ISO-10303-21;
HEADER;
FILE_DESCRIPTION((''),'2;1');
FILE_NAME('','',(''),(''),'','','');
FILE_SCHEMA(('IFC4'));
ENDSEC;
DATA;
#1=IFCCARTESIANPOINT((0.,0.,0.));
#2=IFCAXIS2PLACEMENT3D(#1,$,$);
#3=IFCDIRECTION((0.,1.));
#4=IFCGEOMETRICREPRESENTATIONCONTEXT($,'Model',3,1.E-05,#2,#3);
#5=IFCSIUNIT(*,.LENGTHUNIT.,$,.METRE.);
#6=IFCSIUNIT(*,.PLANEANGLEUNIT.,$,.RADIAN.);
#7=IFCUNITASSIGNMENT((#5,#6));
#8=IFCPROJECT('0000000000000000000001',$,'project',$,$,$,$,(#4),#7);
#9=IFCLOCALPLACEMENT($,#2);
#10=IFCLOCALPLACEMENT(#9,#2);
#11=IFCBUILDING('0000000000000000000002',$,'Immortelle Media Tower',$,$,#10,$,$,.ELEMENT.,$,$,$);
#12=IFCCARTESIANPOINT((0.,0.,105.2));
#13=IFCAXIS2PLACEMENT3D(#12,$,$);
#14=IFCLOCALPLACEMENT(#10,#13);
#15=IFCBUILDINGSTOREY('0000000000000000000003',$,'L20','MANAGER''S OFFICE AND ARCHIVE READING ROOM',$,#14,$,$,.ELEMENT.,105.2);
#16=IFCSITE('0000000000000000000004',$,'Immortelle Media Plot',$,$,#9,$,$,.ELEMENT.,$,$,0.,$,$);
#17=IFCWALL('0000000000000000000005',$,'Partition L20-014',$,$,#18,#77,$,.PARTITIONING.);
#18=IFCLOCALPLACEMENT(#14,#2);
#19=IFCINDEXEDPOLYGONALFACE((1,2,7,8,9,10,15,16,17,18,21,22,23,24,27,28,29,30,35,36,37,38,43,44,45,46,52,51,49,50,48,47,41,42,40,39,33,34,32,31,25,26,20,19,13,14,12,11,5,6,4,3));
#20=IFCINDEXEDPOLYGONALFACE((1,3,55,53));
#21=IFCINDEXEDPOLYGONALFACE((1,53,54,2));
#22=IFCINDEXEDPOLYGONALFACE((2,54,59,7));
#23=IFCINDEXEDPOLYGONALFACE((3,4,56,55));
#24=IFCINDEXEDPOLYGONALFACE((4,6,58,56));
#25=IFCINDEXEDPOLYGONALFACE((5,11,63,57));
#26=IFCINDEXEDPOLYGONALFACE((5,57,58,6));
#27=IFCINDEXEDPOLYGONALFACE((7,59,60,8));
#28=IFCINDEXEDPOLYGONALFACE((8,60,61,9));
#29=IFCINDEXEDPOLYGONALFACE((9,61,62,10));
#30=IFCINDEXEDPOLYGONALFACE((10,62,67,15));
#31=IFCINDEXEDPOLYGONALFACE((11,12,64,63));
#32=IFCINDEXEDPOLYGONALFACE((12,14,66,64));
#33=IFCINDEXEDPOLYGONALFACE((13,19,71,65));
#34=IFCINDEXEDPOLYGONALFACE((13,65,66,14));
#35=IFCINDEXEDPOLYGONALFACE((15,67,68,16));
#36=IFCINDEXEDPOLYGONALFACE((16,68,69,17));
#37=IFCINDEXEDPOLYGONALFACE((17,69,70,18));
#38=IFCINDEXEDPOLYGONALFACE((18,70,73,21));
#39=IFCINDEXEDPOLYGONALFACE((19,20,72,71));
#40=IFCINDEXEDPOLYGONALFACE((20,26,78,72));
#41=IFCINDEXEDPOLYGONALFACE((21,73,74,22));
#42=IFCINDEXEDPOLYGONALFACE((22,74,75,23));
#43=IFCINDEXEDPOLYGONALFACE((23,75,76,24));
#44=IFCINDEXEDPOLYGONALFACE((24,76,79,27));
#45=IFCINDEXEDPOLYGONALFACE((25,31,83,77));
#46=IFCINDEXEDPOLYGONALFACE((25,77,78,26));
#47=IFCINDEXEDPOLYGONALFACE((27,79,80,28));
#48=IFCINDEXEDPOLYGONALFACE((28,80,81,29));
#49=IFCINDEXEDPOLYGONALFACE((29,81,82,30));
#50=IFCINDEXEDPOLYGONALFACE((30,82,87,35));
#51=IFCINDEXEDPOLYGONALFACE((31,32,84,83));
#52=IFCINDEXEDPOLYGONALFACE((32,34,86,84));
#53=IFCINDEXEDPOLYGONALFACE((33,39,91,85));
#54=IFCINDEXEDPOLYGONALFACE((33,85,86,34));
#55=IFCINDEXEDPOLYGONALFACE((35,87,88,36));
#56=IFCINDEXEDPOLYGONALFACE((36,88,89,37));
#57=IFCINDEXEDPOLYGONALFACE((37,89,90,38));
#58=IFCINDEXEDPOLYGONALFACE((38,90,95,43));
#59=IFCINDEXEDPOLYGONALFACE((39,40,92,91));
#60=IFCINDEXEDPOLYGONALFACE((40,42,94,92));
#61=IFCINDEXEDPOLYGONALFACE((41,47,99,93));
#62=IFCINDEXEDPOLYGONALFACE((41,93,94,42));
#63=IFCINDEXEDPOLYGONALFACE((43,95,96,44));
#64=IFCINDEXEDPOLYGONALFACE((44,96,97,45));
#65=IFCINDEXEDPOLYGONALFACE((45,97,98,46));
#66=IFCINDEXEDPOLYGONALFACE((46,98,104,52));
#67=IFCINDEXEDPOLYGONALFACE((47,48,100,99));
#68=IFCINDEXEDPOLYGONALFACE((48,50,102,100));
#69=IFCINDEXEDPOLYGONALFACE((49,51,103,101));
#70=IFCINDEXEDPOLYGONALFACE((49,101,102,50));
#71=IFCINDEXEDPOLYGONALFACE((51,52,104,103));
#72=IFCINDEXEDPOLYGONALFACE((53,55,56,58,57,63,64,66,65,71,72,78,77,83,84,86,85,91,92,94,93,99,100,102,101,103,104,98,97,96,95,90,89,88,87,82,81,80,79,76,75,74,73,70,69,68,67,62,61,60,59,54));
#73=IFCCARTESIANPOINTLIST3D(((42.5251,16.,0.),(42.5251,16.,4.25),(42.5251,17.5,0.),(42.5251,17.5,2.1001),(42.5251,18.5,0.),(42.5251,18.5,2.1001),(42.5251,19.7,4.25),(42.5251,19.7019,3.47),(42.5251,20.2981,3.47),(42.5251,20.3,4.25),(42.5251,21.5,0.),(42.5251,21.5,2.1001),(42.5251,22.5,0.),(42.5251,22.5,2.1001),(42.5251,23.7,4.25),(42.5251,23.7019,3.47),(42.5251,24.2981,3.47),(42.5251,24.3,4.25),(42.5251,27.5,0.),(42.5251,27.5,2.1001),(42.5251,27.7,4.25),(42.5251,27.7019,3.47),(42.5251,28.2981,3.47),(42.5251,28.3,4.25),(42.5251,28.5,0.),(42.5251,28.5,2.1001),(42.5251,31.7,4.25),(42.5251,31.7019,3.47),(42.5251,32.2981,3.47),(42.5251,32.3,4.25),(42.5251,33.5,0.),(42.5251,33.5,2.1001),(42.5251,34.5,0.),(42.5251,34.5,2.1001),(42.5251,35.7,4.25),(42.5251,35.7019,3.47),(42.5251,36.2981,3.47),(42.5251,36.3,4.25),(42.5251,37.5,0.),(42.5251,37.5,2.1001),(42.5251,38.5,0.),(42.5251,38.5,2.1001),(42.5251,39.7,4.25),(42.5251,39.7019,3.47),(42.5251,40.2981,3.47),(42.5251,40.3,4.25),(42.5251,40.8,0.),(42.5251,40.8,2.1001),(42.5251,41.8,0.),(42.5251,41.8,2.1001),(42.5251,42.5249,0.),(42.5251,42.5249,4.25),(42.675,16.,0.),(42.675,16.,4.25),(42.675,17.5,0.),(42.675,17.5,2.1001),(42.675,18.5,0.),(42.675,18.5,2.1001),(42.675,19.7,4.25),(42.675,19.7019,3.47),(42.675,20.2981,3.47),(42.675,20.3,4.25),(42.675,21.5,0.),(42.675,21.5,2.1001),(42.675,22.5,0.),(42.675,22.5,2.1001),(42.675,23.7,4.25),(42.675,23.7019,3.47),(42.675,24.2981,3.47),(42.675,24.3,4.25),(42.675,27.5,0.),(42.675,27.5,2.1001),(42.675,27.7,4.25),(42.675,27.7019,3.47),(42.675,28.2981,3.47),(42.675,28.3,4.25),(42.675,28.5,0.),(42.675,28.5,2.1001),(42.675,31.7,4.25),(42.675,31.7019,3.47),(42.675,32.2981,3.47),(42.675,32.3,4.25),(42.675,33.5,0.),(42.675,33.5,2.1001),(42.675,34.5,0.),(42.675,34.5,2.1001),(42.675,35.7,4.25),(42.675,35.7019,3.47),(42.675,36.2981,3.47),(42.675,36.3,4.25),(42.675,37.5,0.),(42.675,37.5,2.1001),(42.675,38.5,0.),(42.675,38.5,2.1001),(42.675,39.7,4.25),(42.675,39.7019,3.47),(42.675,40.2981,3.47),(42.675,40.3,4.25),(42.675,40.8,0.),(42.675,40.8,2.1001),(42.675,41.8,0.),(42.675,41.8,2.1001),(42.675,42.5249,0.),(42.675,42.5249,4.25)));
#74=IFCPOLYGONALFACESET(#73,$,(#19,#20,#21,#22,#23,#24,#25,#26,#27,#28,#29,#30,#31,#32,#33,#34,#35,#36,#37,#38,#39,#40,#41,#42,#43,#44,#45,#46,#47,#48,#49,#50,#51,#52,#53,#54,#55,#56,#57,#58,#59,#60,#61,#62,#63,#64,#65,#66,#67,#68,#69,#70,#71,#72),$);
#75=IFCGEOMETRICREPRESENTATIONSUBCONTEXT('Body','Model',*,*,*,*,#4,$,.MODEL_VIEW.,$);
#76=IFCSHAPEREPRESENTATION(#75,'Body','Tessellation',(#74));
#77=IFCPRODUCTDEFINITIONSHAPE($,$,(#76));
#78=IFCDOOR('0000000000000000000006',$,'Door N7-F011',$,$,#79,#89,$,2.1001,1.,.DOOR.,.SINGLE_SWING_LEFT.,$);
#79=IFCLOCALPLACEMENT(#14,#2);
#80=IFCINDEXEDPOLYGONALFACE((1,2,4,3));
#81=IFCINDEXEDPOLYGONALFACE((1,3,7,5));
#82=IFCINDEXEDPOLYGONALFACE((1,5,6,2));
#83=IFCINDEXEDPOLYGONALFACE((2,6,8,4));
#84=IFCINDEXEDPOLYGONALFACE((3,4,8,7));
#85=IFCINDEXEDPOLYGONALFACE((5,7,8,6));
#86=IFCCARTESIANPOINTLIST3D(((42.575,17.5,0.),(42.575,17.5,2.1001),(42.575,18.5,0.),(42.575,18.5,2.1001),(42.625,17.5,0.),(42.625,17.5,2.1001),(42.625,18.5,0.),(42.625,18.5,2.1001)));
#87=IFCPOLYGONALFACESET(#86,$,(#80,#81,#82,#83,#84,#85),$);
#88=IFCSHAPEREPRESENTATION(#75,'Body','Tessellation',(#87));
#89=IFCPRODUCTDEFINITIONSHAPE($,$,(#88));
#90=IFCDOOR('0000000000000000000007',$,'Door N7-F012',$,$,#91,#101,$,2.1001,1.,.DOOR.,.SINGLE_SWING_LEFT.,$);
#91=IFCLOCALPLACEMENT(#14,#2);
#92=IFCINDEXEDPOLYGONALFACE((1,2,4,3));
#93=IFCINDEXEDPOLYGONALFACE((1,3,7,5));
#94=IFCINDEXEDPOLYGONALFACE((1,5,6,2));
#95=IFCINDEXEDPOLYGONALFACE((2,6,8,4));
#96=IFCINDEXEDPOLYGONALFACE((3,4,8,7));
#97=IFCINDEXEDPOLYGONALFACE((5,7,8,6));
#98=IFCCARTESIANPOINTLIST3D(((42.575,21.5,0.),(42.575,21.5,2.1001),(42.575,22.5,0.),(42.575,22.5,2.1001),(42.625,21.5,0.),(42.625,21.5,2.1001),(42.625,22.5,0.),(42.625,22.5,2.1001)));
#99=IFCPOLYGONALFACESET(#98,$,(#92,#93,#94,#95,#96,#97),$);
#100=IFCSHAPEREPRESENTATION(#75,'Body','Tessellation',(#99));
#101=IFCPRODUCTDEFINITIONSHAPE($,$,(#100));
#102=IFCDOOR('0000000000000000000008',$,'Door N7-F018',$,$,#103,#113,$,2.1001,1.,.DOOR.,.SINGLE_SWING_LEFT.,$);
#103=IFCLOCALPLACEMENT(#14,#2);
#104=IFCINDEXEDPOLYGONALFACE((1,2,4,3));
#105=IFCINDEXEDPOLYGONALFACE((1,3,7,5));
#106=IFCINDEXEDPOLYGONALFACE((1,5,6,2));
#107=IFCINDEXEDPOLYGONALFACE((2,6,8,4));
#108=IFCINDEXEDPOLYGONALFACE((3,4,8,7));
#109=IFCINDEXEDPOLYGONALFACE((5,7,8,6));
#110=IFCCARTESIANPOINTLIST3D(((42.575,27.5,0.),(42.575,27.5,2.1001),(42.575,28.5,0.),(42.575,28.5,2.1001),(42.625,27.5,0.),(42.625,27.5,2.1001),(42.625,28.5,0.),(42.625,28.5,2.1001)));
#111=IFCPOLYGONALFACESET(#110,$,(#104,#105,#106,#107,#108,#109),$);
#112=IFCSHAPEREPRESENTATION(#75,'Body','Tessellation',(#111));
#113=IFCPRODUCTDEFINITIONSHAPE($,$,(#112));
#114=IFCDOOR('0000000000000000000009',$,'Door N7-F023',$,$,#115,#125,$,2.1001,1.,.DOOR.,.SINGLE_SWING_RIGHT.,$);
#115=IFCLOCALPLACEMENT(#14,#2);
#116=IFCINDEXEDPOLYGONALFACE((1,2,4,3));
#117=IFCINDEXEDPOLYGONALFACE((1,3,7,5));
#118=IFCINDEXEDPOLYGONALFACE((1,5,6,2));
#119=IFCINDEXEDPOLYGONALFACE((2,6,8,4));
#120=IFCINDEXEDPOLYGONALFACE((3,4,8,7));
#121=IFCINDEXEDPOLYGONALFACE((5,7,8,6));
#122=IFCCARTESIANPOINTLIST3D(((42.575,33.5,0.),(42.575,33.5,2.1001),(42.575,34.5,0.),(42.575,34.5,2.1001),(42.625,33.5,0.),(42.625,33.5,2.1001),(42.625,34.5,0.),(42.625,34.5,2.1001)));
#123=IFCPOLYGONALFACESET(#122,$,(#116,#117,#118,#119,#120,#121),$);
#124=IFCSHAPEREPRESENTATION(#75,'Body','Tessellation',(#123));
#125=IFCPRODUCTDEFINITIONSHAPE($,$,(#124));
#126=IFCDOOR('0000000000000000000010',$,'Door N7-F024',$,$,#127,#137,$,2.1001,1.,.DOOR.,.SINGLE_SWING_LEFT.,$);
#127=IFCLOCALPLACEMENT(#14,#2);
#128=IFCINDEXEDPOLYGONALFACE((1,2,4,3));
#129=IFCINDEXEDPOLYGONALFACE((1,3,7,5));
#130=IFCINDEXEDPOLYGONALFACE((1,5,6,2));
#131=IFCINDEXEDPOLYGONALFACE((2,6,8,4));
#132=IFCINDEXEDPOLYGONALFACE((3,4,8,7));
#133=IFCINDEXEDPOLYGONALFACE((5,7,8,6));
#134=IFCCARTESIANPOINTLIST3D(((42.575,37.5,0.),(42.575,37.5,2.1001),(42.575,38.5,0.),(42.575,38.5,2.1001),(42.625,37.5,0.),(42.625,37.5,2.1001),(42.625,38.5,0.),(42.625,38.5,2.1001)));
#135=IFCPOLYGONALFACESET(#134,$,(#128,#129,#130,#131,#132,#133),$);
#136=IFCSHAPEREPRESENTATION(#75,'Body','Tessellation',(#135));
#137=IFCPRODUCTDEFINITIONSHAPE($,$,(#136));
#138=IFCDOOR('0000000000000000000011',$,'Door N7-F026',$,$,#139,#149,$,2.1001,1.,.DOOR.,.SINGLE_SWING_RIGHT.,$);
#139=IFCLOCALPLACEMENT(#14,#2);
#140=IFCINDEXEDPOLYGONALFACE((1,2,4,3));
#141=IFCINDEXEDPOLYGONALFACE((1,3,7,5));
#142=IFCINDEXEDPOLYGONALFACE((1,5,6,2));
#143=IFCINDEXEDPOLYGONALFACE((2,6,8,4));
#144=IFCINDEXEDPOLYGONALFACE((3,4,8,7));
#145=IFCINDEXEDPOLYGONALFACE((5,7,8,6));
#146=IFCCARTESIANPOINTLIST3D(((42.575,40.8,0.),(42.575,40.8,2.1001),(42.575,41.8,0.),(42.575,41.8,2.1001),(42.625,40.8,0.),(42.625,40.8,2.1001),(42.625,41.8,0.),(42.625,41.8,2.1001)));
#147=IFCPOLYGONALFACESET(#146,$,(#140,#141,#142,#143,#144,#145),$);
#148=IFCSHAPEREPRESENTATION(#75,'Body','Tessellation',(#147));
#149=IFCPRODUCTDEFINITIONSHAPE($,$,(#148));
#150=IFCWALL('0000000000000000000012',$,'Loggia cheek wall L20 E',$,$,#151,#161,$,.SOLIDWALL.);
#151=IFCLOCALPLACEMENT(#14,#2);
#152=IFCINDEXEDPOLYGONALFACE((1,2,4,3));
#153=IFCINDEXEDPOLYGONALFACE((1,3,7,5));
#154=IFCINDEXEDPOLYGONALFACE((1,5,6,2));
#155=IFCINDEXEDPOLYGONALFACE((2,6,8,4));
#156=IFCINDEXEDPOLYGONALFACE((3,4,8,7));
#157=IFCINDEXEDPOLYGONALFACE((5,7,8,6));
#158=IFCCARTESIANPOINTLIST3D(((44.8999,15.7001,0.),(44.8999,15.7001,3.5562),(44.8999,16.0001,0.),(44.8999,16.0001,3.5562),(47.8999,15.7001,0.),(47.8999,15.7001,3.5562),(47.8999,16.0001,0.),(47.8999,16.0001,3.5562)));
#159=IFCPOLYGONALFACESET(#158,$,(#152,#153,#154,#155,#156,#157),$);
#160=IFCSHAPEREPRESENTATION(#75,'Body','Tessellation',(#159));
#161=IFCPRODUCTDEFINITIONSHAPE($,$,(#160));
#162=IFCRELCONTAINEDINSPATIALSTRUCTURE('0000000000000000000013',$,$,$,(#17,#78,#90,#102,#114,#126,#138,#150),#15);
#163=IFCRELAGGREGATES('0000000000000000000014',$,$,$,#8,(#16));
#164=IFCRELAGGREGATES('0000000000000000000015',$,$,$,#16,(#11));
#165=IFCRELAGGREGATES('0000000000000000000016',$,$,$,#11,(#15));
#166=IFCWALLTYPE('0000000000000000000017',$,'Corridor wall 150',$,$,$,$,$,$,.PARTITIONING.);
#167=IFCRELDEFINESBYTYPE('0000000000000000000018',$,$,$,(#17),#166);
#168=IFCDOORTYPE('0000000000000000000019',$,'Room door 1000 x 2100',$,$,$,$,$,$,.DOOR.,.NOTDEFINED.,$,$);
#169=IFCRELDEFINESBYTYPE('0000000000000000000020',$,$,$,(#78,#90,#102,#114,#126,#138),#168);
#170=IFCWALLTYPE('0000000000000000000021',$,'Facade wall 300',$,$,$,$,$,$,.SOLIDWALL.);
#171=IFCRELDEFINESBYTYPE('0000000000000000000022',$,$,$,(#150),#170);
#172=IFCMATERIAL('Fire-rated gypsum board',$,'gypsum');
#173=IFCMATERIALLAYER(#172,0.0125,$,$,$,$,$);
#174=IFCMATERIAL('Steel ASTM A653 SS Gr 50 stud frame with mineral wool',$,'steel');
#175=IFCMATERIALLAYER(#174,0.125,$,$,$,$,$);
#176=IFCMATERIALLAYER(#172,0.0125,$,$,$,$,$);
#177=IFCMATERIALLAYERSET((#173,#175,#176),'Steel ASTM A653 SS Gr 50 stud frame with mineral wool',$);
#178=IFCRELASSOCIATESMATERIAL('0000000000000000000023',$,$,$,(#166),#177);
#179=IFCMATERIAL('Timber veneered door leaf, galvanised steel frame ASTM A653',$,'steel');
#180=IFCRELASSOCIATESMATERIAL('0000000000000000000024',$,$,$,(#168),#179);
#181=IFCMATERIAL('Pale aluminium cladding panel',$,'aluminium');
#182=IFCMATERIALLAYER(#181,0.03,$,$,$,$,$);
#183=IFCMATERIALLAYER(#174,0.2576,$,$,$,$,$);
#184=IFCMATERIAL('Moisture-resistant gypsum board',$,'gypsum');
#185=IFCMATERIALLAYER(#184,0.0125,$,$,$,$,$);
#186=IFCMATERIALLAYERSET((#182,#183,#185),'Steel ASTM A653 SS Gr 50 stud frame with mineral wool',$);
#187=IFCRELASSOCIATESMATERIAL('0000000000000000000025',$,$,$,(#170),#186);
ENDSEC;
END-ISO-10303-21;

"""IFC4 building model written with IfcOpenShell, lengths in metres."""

from ifc_helpers import new_model, si_unit, direction, frame, frame_2d, origin, place, context, subcontext, project, spatial, polyline, rectangle, outline, extrude, material, layer, layer_set, type_object, element, fill, save


model = new_model("IFC4")

# Units and contexts
model_context = context("Model", 3, precision=1e-05, world=origin(), true_north=direction((0.0, 1.0)))
body_context = subcontext(model_context, "Body", "Model", "MODEL_VIEW")
ifc_project = project(units=[si_unit("LENGTHUNIT", "METRE"), si_unit("PLANEANGLEUNIT", "RADIAN")], contexts=[model_context])

# Site, building, storey
site_placement = place(None, origin())
site = spatial("IfcSite", under=ifc_project, at=site_placement, Name="Immortelle Media Plot", CompositionType="ELEMENT", RefElevation=0.0)
building_placement = place(site_placement, origin())
building = spatial("IfcBuilding", under=site, at=building_placement, Name="Immortelle Media Tower", CompositionType="ELEMENT")
storey_placement = place(building_placement, frame((0.0, 0.0, 105.2)))
storey = spatial("IfcBuildingStorey", under=building, at=storey_placement, Name="L20", Description="MANAGER'S OFFICE AND ARCHIVE READING ROOM", CompositionType="ELEMENT", Elevation=105.2)

# Shared definitions
ifc_material_1 = material(Name="Fire-rated gypsum board", Category="gypsum")
ifc_layer_1 = layer(ifc_material_1, 0.0125)
ifc_material_2 = material(Name="Steel ASTM A653 SS Gr 50 stud frame with mineral wool", Category="steel")
ifc_layer_2 = layer(ifc_material_2, 0.125)
ifc_layer_3 = layer(ifc_material_1, 0.0125)
ifc_layer_set_1 = layer_set([ifc_layer_1, ifc_layer_2, ifc_layer_3], Name="Steel ASTM A653 SS Gr 50 stud frame with mineral wool")
wall_type_1 = type_object("IfcWallType", Name="Corridor wall 150", PredefinedType="PARTITIONING", material=ifc_layer_set_1)
ifc_material_3 = material(Name="Timber veneered door leaf, galvanised steel frame ASTM A653", Category="steel")
door_type = type_object("IfcDoorType", Name="Room door 1000 x 2100", OperationType="NOTDEFINED", PredefinedType="DOOR", material=ifc_material_3)

# Wall, openings, doors
wall_1_placement = place(storey_placement, frame((42.6001, 16.0, 0.0), z_axis=(0.0, 0.0, 1.0), x_axis=(0.0, 1.0, 0.0)))
wall_1 = element("IfcWall", 1, at=wall_1_placement, inside=storey, type_object=wall_type_1, Name="Partition L20-014", PredefinedType="PARTITIONING", context=body_context, shape_type="SweptSolid", body=[
    extrude(outline(polyline([(0.0, 0.0), (26.5249, 0.0), (26.5249, 4.25), (24.3, 4.25), (24.2981, 3.47), (23.7019, 3.47), (23.7, 4.25), (20.3, 4.25), (20.2981, 3.47), (19.7019, 3.47), (19.7, 4.25), (16.3, 4.25), (16.2981, 3.47), (15.7019, 3.47), (15.7, 4.25), (12.3, 4.25), (12.2981, 3.47), (11.7019, 3.47), (11.7, 4.25), (8.3, 4.25), (8.2981, 3.47), (7.7019, 3.47), (7.7, 4.25), (4.3, 4.25), (4.2981, 3.47), (3.7019, 3.47), (3.7, 4.25), (0.0, 4.25), (0.0, 0.0)])), frame((0.0, 0.075, 0.0), z_axis=(0.0, -1.0, 0.0), x_axis=(1.0, 0.0, 0.0)), (0.0, 0.0, 1.0), 0.1499),
])
opening_1_placement = place(wall_1_placement, frame((2.5, 0.0, 0.0), z_axis=(0.0, 0.0, 1.0), x_axis=(-1.0, 0.0, 0.0)))
opening_1 = element("IfcOpeningElement", 2, at=opening_1_placement, cuts=wall_1, PredefinedType="OPENING", context=body_context, shape_type="SweptSolid", body=[
    extrude(rectangle(XDim=1.0, YDim=2.1001, at=frame_2d((0.5, 1.05))), frame((0.0, 0.085, 0.0), z_axis=(0.0, -1.0, 0.0), x_axis=(1.0, 0.0, 0.0)), (0.0, 0.0, 1.0), 0.1699),
])
opening_2_placement = place(wall_1_placement, frame((6.5, 0.0, 0.0), z_axis=(0.0, 0.0, 1.0), x_axis=(-1.0, 0.0, 0.0)))
opening_2 = element("IfcOpeningElement", 3, at=opening_2_placement, cuts=wall_1, PredefinedType="OPENING", context=body_context, shape_type="SweptSolid", body=[
    extrude(rectangle(XDim=1.0, YDim=2.1001, at=frame_2d((0.5, 1.05))), frame((0.0, 0.085, 0.0), z_axis=(0.0, -1.0, 0.0), x_axis=(1.0, 0.0, 0.0)), (0.0, 0.0, 1.0), 0.1699),
])
opening_3_placement = place(wall_1_placement, frame((12.5, 0.0, 0.0), z_axis=(0.0, 0.0, 1.0), x_axis=(-1.0, 0.0, 0.0)))
opening_3 = element("IfcOpeningElement", 4, at=opening_3_placement, cuts=wall_1, PredefinedType="OPENING", context=body_context, shape_type="SweptSolid", body=[
    extrude(rectangle(XDim=1.0, YDim=2.1001, at=frame_2d((0.5, 1.05))), frame((0.0, 0.085, 0.0), z_axis=(0.0, -1.0, 0.0), x_axis=(1.0, 0.0, 0.0)), (0.0, 0.0, 1.0), 0.1699),
])
opening_4_placement = place(wall_1_placement, frame((18.5, 0.0, 0.0), z_axis=(0.0, 0.0, 1.0), x_axis=(-1.0, 0.0, 0.0)))
opening_4 = element("IfcOpeningElement", 5, at=opening_4_placement, cuts=wall_1, PredefinedType="OPENING", context=body_context, shape_type="SweptSolid", body=[
    extrude(rectangle(XDim=1.0, YDim=2.1001, at=frame_2d((0.5, 1.05))), frame((0.0, 0.085, 0.0), z_axis=(0.0, -1.0, 0.0), x_axis=(1.0, 0.0, 0.0)), (0.0, 0.0, 1.0), 0.1699),
])
opening_5_placement = place(wall_1_placement, frame((22.5, 0.0, 0.0), z_axis=(0.0, 0.0, 1.0), x_axis=(-1.0, 0.0, 0.0)))
opening_5 = element("IfcOpeningElement", 6, at=opening_5_placement, cuts=wall_1, PredefinedType="OPENING", context=body_context, shape_type="SweptSolid", body=[
    extrude(rectangle(XDim=1.0, YDim=2.1001, at=frame_2d((0.5, 1.05))), frame((0.0, 0.085, 0.0), z_axis=(0.0, -1.0, 0.0), x_axis=(1.0, 0.0, 0.0)), (0.0, 0.0, 1.0), 0.1699),
])
opening_6_placement = place(wall_1_placement, frame((25.8, 0.0, 0.0), z_axis=(0.0, 0.0, 1.0), x_axis=(-1.0, 0.0, 0.0)))
opening_6 = element("IfcOpeningElement", 7, at=opening_6_placement, cuts=wall_1, PredefinedType="OPENING", context=body_context, shape_type="SweptSolid", body=[
    extrude(rectangle(XDim=1.0, YDim=2.1001, at=frame_2d((0.5, 1.05))), frame((0.0, 0.085, 0.0), z_axis=(0.0, -1.0, 0.0), x_axis=(1.0, 0.0, 0.0)), (0.0, 0.0, 1.0), 0.1699),
])
door_1_placement = place(opening_1_placement, origin())
door_1 = element("IfcDoor", 8, at=door_1_placement, inside=storey, type_object=door_type, Name="Door N7-F011", OperationType="SINGLE_SWING_LEFT", OverallHeight=2.1001, OverallWidth=1.0, PredefinedType="DOOR", context=body_context, shape_type="SweptSolid", body=[
    extrude(rectangle(XDim=1.0, YDim=2.1001, at=frame_2d((0.5, 1.05))), frame((0.0, 0.0249, 0.0), z_axis=(0.0, -1.0, 0.0), x_axis=(1.0, 0.0, 0.0)), (0.0, 0.0, 1.0), 0.05),
])
fill(opening_1, door_1)
door_2_placement = place(opening_2_placement, origin())
door_2 = element("IfcDoor", 9, at=door_2_placement, inside=storey, type_object=door_type, Name="Door N7-F012", OperationType="SINGLE_SWING_LEFT", OverallHeight=2.1001, OverallWidth=1.0, PredefinedType="DOOR", context=body_context, shape_type="SweptSolid", body=[
    extrude(rectangle(XDim=1.0, YDim=2.1001, at=frame_2d((0.5, 1.05))), frame((0.0, 0.0249, 0.0), z_axis=(0.0, -1.0, 0.0), x_axis=(1.0, 0.0, 0.0)), (0.0, 0.0, 1.0), 0.05),
])
fill(opening_2, door_2)
door_3_placement = place(opening_3_placement, origin())
door_3 = element("IfcDoor", 10, at=door_3_placement, inside=storey, type_object=door_type, Name="Door N7-F018", OperationType="SINGLE_SWING_LEFT", OverallHeight=2.1001, OverallWidth=1.0, PredefinedType="DOOR", context=body_context, shape_type="SweptSolid", body=[
    extrude(rectangle(XDim=1.0, YDim=2.1001, at=frame_2d((0.5, 1.05))), frame((0.0, 0.0249, 0.0), z_axis=(0.0, -1.0, 0.0), x_axis=(1.0, 0.0, 0.0)), (0.0, 0.0, 1.0), 0.05),
])
fill(opening_3, door_3)
door_4_placement = place(opening_4_placement, origin())
door_4 = element("IfcDoor", 11, at=door_4_placement, inside=storey, type_object=door_type, Name="Door N7-F023", OperationType="SINGLE_SWING_RIGHT", OverallHeight=2.1001, OverallWidth=1.0, PredefinedType="DOOR", context=body_context, shape_type="SweptSolid", body=[
    extrude(rectangle(XDim=1.0, YDim=2.1001, at=frame_2d((0.5, 1.05))), frame((0.0, 0.0249, 0.0), z_axis=(0.0, -1.0, 0.0), x_axis=(1.0, 0.0, 0.0)), (0.0, 0.0, 1.0), 0.05),
])
fill(opening_4, door_4)
door_5_placement = place(opening_5_placement, origin())
door_5 = element("IfcDoor", 12, at=door_5_placement, inside=storey, type_object=door_type, Name="Door N7-F024", OperationType="SINGLE_SWING_LEFT", OverallHeight=2.1001, OverallWidth=1.0, PredefinedType="DOOR", context=body_context, shape_type="SweptSolid", body=[
    extrude(rectangle(XDim=1.0, YDim=2.1001, at=frame_2d((0.5, 1.05))), frame((0.0, 0.0249, 0.0), z_axis=(0.0, -1.0, 0.0), x_axis=(1.0, 0.0, 0.0)), (0.0, 0.0, 1.0), 0.05),
])
fill(opening_5, door_5)
door_6_placement = place(opening_6_placement, origin())
door_6 = element("IfcDoor", 13, at=door_6_placement, inside=storey, type_object=door_type, Name="Door N7-F026", OperationType="SINGLE_SWING_RIGHT", OverallHeight=2.1001, OverallWidth=1.0, PredefinedType="DOOR", context=body_context, shape_type="SweptSolid", body=[
    extrude(rectangle(XDim=1.0, YDim=2.1001, at=frame_2d((0.5, 1.05))), frame((0.0, 0.0249, 0.0), z_axis=(0.0, -1.0, 0.0), x_axis=(1.0, 0.0, 0.0)), (0.0, 0.0, 1.0), 0.05),
])
fill(opening_6, door_6)

# Wall
ifc_material_4 = material(Name="Pale aluminium cladding panel", Category="aluminium")
ifc_layer_4 = layer(ifc_material_4, 0.03)
ifc_layer_5 = layer(ifc_material_2, 0.2576)
ifc_material_5 = material(Name="Moisture-resistant gypsum board", Category="gypsum")
ifc_layer_6 = layer(ifc_material_5, 0.0125)
ifc_layer_set_2 = layer_set([ifc_layer_4, ifc_layer_5, ifc_layer_6], Name="Steel ASTM A653 SS Gr 50 stud frame with mineral wool")
wall_type_2 = type_object("IfcWallType", Name="Facade wall 300", PredefinedType="SOLIDWALL", material=ifc_layer_set_2)
wall_2_placement = place(storey_placement, frame((47.8999, 15.8501, 0.0), z_axis=(0.0, 0.0, 1.0), x_axis=(-1.0, 0.0, 0.0)))
element("IfcWall", 14, at=wall_2_placement, inside=storey, type_object=wall_type_2, Name="Loggia cheek wall L20 E", PredefinedType="SOLIDWALL", context=body_context, shape_type="SweptSolid", body=[
    extrude(rectangle(XDim=3.0, YDim=0.3, at=frame_2d((1.5, 0.0))), origin(), (0.0, 0.0, 1.0), 3.5562),
])

save(model, "model.ifc")
